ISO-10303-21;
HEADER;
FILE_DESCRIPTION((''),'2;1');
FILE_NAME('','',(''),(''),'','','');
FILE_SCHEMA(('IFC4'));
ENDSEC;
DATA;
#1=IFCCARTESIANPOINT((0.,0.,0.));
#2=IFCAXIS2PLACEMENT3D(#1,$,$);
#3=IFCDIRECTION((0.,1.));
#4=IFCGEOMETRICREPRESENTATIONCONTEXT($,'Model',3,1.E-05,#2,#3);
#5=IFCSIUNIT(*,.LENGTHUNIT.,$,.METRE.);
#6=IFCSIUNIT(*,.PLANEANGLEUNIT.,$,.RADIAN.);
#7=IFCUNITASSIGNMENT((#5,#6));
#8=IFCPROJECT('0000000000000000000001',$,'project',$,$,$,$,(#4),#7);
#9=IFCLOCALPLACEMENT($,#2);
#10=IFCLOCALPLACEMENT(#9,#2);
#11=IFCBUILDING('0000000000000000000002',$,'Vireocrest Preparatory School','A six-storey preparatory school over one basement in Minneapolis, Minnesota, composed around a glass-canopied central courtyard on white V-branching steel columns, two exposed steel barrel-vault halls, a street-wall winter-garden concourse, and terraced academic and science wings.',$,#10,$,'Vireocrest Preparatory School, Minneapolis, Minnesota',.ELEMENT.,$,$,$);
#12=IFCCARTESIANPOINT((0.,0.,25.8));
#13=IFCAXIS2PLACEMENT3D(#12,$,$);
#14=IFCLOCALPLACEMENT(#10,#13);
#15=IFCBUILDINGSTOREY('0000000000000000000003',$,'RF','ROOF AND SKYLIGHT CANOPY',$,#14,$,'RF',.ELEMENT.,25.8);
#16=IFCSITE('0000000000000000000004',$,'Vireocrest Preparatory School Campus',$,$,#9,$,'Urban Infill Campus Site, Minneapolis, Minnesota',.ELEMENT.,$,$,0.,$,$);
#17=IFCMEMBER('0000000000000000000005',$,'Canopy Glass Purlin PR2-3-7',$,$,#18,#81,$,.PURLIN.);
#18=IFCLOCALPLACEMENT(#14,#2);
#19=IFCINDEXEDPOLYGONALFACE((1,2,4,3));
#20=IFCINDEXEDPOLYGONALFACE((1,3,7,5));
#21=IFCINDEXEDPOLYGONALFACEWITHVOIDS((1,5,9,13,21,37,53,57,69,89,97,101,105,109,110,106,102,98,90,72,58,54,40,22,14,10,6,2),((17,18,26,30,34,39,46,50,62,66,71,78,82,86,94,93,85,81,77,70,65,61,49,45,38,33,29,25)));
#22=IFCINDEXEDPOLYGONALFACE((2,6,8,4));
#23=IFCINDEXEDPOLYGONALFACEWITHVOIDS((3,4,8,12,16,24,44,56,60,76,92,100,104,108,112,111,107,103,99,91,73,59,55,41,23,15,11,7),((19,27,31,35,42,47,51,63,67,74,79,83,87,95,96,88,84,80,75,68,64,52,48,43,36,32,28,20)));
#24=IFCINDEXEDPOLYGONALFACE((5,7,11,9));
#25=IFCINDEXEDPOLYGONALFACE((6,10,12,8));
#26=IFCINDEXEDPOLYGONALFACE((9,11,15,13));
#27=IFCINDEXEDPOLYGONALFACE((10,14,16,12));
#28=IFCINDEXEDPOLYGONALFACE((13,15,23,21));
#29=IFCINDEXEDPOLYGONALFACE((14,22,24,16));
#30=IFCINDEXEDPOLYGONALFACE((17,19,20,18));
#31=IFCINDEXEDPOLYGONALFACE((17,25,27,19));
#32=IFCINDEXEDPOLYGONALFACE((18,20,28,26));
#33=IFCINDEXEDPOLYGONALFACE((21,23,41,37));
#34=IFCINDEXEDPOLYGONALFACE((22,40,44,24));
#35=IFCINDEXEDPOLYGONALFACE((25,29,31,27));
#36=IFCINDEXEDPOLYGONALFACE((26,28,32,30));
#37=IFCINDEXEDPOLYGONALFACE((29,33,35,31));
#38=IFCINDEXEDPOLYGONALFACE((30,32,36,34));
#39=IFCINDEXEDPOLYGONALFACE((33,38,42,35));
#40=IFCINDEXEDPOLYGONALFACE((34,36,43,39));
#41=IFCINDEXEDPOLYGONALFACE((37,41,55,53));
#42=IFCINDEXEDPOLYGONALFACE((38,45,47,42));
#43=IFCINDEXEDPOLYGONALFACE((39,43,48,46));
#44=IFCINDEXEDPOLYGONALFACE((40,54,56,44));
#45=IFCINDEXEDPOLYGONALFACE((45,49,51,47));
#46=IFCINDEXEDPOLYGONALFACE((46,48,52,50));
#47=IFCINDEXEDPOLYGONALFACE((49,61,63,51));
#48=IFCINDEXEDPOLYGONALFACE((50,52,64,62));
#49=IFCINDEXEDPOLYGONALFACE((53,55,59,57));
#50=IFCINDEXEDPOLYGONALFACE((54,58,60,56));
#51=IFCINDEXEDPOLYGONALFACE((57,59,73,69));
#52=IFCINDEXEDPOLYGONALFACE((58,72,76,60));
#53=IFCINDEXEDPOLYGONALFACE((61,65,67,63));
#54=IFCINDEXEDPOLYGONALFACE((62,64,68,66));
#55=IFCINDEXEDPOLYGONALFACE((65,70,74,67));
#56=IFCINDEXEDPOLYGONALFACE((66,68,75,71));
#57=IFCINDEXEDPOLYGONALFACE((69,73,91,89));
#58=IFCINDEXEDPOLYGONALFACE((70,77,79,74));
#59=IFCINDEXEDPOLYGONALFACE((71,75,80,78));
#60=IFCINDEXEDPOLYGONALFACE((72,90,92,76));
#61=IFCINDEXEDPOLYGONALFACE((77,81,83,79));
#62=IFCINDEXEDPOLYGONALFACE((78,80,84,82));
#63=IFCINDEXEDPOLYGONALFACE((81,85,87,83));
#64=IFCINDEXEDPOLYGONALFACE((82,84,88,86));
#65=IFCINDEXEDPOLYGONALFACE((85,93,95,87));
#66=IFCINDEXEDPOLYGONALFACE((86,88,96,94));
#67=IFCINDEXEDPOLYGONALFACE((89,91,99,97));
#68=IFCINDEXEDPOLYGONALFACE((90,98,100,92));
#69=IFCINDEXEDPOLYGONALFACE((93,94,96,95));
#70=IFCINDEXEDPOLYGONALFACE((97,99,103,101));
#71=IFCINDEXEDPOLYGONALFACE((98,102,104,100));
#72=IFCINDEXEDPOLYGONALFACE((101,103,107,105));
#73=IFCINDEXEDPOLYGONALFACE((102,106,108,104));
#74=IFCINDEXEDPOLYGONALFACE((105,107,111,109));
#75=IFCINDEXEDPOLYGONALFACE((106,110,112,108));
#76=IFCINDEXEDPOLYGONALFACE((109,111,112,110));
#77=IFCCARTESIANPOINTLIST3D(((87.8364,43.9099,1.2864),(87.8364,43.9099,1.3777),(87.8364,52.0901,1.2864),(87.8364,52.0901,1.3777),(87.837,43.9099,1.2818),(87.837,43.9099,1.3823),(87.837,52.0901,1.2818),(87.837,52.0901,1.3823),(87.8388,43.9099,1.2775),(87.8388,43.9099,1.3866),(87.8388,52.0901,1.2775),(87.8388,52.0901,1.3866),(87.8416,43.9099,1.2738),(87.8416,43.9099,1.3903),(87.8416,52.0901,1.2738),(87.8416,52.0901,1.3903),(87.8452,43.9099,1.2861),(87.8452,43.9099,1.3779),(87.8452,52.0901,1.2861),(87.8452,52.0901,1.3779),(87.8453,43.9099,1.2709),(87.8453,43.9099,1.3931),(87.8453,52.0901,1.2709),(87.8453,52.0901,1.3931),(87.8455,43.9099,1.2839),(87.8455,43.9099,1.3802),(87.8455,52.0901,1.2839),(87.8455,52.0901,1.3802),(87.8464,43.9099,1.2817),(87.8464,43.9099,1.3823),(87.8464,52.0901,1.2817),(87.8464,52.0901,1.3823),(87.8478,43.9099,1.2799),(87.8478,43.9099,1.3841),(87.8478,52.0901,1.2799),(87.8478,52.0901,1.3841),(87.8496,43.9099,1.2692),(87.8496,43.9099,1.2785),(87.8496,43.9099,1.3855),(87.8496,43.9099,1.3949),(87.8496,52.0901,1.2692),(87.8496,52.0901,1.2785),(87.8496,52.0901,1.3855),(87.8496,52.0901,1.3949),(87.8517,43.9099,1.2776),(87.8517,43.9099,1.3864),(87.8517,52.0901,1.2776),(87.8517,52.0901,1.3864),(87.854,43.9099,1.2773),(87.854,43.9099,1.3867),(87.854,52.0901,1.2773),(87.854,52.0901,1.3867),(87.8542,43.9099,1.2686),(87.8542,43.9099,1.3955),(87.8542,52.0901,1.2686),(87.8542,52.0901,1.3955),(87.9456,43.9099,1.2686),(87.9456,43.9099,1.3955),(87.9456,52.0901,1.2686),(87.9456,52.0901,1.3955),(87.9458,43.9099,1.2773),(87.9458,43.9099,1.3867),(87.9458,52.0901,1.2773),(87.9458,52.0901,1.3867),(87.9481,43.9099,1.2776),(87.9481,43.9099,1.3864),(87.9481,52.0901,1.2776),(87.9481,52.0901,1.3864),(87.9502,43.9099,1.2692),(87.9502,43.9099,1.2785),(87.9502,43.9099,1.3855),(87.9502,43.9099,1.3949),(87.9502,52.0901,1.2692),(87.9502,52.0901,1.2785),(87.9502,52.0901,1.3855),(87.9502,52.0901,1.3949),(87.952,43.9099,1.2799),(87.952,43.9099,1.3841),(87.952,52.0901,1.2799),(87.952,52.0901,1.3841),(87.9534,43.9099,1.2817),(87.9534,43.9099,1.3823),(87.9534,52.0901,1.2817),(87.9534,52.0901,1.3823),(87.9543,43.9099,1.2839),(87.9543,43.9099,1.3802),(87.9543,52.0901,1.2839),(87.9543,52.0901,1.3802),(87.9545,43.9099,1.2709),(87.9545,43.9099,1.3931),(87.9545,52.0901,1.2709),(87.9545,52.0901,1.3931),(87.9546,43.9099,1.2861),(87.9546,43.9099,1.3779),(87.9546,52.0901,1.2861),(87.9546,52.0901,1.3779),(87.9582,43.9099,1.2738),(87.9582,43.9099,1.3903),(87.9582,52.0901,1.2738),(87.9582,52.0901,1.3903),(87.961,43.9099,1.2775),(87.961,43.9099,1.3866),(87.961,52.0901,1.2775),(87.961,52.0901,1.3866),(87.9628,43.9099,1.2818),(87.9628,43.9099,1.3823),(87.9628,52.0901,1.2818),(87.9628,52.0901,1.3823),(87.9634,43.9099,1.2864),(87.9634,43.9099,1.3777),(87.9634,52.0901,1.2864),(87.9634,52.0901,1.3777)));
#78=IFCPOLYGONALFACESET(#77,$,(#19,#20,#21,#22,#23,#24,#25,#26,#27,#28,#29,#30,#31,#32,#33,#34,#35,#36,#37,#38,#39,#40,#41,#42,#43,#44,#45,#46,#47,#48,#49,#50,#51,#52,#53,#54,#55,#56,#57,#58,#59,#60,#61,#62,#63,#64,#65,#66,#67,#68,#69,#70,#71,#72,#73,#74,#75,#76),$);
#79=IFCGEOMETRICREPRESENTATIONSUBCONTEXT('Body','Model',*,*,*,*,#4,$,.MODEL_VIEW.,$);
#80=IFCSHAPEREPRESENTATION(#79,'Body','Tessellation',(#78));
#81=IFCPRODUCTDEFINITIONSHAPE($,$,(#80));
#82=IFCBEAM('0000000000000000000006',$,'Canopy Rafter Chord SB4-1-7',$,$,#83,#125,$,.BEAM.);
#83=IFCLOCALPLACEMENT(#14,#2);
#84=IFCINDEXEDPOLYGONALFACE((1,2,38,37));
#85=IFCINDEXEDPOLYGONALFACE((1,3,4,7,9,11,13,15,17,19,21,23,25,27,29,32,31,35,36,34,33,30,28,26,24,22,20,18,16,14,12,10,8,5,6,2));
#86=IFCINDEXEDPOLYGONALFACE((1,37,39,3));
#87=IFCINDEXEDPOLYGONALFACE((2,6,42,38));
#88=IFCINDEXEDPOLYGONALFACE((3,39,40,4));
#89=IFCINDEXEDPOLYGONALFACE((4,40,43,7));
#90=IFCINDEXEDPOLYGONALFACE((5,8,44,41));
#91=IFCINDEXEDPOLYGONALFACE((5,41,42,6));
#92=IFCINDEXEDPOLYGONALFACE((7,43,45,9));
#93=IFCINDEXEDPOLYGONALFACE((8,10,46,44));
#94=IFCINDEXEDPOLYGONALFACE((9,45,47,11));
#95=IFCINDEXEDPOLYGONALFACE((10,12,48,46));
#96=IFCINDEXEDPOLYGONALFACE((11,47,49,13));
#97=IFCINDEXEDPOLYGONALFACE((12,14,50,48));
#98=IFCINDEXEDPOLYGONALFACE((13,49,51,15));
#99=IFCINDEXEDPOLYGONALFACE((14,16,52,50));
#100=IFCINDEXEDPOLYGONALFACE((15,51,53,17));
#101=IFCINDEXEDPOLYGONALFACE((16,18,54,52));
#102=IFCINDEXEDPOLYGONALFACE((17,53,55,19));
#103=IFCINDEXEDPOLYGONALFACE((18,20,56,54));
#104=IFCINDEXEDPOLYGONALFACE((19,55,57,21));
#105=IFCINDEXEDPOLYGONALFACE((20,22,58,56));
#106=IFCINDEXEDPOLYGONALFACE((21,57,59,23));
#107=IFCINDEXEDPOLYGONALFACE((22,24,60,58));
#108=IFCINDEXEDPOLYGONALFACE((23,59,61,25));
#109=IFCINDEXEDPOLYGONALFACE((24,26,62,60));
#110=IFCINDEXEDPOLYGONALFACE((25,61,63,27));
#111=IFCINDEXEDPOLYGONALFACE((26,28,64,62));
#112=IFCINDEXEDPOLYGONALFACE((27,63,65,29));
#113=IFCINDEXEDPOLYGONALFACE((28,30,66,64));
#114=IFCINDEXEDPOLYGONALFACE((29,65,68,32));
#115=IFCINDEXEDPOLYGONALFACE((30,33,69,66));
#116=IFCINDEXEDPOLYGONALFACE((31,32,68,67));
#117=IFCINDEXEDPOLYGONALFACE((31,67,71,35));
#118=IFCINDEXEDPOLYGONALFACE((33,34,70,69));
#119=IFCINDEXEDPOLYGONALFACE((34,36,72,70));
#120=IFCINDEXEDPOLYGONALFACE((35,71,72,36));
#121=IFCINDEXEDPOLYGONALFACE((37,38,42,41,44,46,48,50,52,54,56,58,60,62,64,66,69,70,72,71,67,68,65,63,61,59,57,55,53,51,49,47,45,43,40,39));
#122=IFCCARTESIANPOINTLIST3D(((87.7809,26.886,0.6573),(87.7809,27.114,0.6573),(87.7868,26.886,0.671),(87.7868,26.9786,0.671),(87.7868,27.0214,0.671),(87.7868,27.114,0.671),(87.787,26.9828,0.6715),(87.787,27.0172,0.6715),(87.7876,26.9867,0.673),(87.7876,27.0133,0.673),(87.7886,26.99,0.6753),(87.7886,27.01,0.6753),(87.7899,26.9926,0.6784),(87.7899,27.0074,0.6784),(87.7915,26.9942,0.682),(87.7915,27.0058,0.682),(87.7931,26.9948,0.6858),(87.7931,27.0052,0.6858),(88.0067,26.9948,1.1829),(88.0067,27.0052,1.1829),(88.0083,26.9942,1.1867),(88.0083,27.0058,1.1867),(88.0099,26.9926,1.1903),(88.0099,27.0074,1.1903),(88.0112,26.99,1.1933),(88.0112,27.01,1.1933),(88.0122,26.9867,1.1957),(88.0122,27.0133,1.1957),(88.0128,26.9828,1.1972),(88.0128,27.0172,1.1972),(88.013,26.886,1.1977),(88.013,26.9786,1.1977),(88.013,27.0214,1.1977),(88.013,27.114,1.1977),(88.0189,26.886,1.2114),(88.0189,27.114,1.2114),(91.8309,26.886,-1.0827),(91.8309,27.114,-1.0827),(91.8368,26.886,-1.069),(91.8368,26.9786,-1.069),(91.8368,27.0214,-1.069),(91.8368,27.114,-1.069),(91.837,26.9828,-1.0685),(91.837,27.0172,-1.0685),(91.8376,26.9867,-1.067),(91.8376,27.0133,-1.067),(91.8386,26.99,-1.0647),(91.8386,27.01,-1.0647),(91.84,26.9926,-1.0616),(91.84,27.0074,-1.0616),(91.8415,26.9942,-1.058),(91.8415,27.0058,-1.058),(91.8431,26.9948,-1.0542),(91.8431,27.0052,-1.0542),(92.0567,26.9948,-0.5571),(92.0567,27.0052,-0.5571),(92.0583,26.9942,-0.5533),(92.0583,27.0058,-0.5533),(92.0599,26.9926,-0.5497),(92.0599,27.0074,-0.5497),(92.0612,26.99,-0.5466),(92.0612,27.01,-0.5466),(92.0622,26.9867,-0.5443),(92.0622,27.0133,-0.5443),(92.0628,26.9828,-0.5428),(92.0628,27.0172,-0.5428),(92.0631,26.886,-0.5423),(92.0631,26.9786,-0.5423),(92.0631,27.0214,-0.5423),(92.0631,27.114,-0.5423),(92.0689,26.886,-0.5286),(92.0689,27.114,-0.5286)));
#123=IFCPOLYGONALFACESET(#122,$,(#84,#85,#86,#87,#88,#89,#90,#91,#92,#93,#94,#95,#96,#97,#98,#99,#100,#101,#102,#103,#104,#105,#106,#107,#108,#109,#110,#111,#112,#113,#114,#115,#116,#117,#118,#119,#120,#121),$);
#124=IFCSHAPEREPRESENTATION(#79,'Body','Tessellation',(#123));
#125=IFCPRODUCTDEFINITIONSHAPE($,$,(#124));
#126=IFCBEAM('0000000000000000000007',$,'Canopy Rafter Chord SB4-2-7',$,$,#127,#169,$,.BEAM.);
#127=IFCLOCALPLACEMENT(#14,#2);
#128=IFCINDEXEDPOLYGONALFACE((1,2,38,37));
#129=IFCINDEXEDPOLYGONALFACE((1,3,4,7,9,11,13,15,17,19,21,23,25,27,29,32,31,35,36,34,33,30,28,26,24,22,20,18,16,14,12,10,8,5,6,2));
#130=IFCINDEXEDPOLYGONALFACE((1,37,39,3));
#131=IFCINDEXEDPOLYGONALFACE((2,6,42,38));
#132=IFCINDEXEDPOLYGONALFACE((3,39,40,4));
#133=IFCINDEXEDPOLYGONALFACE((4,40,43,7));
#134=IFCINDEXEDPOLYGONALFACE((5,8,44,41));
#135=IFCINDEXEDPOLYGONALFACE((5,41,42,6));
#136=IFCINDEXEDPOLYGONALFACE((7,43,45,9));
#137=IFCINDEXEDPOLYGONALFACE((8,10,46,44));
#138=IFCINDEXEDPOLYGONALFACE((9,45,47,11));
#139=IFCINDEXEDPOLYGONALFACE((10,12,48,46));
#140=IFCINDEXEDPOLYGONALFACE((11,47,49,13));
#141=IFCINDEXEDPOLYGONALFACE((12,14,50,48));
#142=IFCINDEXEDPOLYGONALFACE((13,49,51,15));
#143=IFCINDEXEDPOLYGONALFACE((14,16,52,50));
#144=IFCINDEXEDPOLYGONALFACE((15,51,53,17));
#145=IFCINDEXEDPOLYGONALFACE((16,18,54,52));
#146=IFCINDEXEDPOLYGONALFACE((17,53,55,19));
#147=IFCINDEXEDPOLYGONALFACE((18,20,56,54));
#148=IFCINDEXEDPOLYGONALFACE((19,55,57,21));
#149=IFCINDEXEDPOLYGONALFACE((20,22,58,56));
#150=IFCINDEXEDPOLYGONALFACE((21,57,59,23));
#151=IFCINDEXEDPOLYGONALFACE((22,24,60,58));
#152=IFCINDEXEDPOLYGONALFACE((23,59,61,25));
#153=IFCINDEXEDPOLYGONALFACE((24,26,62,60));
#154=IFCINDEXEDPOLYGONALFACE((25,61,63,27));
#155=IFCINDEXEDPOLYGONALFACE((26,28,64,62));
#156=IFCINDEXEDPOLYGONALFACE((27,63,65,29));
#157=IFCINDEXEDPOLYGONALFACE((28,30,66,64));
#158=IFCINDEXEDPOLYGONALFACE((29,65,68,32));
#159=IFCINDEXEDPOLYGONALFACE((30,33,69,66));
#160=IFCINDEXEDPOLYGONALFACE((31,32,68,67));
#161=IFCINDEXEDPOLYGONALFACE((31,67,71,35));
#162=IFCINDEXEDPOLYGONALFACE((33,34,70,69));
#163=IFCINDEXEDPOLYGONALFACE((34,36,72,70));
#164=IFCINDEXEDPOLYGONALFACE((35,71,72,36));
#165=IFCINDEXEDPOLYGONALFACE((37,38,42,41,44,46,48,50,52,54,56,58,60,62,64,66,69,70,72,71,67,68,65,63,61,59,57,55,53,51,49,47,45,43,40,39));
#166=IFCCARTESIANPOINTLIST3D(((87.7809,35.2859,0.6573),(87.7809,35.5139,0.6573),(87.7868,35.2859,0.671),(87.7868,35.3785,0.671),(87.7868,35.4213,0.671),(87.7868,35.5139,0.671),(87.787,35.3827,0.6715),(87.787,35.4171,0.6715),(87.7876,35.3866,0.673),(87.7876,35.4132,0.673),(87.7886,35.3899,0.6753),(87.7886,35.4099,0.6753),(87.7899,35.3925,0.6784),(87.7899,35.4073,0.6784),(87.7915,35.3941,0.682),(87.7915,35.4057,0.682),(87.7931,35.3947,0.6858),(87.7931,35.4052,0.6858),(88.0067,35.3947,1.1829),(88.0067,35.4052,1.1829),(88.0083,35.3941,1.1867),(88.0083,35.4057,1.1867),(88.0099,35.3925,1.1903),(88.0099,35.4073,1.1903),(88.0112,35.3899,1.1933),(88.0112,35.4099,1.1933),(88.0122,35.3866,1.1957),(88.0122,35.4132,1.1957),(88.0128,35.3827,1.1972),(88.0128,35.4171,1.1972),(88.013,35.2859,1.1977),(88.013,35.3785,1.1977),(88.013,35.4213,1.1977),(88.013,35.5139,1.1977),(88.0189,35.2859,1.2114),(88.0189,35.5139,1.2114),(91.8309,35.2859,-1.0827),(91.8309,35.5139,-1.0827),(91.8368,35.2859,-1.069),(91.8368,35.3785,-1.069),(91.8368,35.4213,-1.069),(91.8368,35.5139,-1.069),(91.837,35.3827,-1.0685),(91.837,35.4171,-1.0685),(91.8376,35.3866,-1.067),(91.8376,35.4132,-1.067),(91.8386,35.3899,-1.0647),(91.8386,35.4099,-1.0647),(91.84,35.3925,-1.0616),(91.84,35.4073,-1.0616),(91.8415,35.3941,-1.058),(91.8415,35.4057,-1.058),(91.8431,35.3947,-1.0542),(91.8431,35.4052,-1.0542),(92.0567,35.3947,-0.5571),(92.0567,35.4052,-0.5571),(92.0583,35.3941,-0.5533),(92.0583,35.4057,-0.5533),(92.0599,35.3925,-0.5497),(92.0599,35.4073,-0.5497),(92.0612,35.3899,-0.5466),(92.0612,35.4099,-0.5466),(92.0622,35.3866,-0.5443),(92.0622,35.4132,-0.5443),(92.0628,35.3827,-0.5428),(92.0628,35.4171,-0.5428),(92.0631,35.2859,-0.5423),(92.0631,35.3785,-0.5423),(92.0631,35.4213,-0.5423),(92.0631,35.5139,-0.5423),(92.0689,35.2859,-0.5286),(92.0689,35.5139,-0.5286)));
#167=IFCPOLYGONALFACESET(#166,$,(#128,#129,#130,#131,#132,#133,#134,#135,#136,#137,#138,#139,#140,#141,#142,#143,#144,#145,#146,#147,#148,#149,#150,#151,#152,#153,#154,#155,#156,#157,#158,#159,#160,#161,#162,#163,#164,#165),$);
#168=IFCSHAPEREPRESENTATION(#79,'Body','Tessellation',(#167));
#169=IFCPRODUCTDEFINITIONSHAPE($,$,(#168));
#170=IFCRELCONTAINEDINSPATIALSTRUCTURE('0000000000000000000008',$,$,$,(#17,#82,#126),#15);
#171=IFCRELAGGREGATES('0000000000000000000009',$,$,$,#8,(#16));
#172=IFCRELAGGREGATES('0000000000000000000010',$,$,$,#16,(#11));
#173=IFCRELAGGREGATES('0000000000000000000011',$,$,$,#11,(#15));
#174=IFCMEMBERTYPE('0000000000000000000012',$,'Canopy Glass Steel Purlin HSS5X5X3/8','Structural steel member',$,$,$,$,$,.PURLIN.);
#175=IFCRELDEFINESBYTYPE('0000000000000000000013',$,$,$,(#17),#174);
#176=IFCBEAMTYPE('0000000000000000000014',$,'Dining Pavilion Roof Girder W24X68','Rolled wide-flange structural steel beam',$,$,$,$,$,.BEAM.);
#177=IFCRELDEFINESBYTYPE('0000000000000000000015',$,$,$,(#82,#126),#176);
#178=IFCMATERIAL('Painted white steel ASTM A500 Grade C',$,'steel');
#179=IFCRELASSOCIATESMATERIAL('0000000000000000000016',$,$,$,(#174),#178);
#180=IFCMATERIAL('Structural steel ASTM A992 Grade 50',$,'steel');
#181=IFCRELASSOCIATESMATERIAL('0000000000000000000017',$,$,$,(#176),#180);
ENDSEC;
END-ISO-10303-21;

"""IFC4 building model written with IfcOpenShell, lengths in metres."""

from ifc_helpers import new_model, si_unit, direction, frame, origin, origin_2d, place, context, subcontext, project, spatial, hollow_rectangle, i_section, extrude, material, material_profile, profile_set, type_object, element, save


model = new_model("IFC4")

# Units and contexts
model_context = context("Model", 3, precision=1e-05, world=origin(), true_north=direction((0.0, 1.0)))
body_context = subcontext(model_context, "Body", "Model", "MODEL_VIEW")
ifc_project = project(units=[si_unit("LENGTHUNIT", "METRE"), si_unit("PLANEANGLEUNIT", "RADIAN")], contexts=[model_context])

# Site, building, storey
site_placement = place(None, origin())
site = spatial("IfcSite", under=ifc_project, at=site_placement, Name="Vireocrest Preparatory School Campus", LongName="Urban Infill Campus Site, Minneapolis, Minnesota", CompositionType="ELEMENT", RefElevation=0.0)
building_placement = place(site_placement, origin())
building = spatial("IfcBuilding", under=site, at=building_placement, Name="Vireocrest Preparatory School", Description="A six-storey preparatory school over one basement in Minneapolis, Minnesota, composed around a glass-canopied central courtyard on white V-branching steel columns, two exposed steel barrel-vault halls, a street-wall winter-garden concourse, and terraced academic and science wings.", LongName="Vireocrest Preparatory School, Minneapolis, Minnesota", CompositionType="ELEMENT")
storey_placement = place(building_placement, frame((0.0, 0.0, 25.8)))
storey = spatial("IfcBuildingStorey", under=building, at=storey_placement, Name="RF", Description="ROOF AND SKYLIGHT CANOPY", LongName="RF", CompositionType="ELEMENT", Elevation=25.8)

# Member
ifc_material_1 = material(Name="Painted white steel ASTM A500 Grade C", Category="steel")
ifc_material_profile_1 = material_profile(ifc_material_1, hollow_rectangle(XDim=0.127, YDim=0.127, WallThickness=0.0088, InnerFilletRadius=0.0088, OuterFilletRadius=0.0178, at=origin_2d()), Name="HSS5X5X3/8")
ifc_profile_set_1 = profile_set([ifc_material_profile_1], Name="Painted white steel ASTM A500 Grade C")
member_type_1 = type_object("IfcMemberType", Name="Canopy Glass Steel Purlin HSS5X5X3/8", Description="Structural steel member", PredefinedType="PURLIN", material=ifc_profile_set_1)
member_1_placement = place(storey_placement, frame((87.8999, 43.9099, 1.332), z_axis=(0.0, 1.0, 0.0), x_axis=(-1.0, 0.0, 0.0)))
element("IfcMember", 1, at=member_1_placement, inside=storey, type_object=member_type_1, Name="Canopy Glass Purlin PR2-3-7", PredefinedType="PURLIN", context=body_context, shape_type="SweptSolid", body=[
    extrude(hollow_rectangle(XDim=0.127, YDim=0.127, WallThickness=0.0088, InnerFilletRadius=0.0088, OuterFilletRadius=0.0178, at=origin_2d()), origin(), (0.0, 0.0, 1.0), 8.1802),
])

# Beams
ifc_material_2 = material(Name="Structural steel ASTM A992 Grade 50", Category="steel")
ifc_material_profile_2 = material_profile(ifc_material_2, i_section(OverallWidth=0.228, OverallDepth=0.603, WebThickness=0.0105, FlangeThickness=0.0149, FilletRadius=0.0161, at=origin_2d()), Name="W24X68")
ifc_profile_set_2 = profile_set([ifc_material_profile_2], Name="Structural steel ASTM A992 Grade 50")
beam_type = type_object("IfcBeamType", Name="Dining Pavilion Roof Girder W24X68", Description="Rolled wide-flange structural steel beam", PredefinedType="BEAM", material=ifc_profile_set_2)
for number, where, z_axis, x_axis, name in (
    (2, (87.8999, 27.0, 0.9343), (0.918795, 0.0, -0.394735), (0.0, 1.0, 0.0), "Canopy Rafter Chord SB4-1-7"),
    (3, (87.8999, 35.3999, 0.9343), (0.918795, 0.0, -0.394735), (0.0, 1.0, 0.0), "Canopy Rafter Chord SB4-2-7"),
):
    element("IfcBeam", number, at=place(storey_placement, frame(where, z_axis=z_axis, x_axis=x_axis)), inside=storey, type_object=beam_type, Name=name, PredefinedType="BEAM", context=body_context, shape_type="SweptSolid", body=[
        extrude(i_section(OverallWidth=0.228, OverallDepth=0.603, WebThickness=0.0105, FlangeThickness=0.0149, FilletRadius=0.0161, at=origin_2d()), origin(), (0.0, 0.0, 1.0), 4.408),
    ])

save(model, "model.ifc")
